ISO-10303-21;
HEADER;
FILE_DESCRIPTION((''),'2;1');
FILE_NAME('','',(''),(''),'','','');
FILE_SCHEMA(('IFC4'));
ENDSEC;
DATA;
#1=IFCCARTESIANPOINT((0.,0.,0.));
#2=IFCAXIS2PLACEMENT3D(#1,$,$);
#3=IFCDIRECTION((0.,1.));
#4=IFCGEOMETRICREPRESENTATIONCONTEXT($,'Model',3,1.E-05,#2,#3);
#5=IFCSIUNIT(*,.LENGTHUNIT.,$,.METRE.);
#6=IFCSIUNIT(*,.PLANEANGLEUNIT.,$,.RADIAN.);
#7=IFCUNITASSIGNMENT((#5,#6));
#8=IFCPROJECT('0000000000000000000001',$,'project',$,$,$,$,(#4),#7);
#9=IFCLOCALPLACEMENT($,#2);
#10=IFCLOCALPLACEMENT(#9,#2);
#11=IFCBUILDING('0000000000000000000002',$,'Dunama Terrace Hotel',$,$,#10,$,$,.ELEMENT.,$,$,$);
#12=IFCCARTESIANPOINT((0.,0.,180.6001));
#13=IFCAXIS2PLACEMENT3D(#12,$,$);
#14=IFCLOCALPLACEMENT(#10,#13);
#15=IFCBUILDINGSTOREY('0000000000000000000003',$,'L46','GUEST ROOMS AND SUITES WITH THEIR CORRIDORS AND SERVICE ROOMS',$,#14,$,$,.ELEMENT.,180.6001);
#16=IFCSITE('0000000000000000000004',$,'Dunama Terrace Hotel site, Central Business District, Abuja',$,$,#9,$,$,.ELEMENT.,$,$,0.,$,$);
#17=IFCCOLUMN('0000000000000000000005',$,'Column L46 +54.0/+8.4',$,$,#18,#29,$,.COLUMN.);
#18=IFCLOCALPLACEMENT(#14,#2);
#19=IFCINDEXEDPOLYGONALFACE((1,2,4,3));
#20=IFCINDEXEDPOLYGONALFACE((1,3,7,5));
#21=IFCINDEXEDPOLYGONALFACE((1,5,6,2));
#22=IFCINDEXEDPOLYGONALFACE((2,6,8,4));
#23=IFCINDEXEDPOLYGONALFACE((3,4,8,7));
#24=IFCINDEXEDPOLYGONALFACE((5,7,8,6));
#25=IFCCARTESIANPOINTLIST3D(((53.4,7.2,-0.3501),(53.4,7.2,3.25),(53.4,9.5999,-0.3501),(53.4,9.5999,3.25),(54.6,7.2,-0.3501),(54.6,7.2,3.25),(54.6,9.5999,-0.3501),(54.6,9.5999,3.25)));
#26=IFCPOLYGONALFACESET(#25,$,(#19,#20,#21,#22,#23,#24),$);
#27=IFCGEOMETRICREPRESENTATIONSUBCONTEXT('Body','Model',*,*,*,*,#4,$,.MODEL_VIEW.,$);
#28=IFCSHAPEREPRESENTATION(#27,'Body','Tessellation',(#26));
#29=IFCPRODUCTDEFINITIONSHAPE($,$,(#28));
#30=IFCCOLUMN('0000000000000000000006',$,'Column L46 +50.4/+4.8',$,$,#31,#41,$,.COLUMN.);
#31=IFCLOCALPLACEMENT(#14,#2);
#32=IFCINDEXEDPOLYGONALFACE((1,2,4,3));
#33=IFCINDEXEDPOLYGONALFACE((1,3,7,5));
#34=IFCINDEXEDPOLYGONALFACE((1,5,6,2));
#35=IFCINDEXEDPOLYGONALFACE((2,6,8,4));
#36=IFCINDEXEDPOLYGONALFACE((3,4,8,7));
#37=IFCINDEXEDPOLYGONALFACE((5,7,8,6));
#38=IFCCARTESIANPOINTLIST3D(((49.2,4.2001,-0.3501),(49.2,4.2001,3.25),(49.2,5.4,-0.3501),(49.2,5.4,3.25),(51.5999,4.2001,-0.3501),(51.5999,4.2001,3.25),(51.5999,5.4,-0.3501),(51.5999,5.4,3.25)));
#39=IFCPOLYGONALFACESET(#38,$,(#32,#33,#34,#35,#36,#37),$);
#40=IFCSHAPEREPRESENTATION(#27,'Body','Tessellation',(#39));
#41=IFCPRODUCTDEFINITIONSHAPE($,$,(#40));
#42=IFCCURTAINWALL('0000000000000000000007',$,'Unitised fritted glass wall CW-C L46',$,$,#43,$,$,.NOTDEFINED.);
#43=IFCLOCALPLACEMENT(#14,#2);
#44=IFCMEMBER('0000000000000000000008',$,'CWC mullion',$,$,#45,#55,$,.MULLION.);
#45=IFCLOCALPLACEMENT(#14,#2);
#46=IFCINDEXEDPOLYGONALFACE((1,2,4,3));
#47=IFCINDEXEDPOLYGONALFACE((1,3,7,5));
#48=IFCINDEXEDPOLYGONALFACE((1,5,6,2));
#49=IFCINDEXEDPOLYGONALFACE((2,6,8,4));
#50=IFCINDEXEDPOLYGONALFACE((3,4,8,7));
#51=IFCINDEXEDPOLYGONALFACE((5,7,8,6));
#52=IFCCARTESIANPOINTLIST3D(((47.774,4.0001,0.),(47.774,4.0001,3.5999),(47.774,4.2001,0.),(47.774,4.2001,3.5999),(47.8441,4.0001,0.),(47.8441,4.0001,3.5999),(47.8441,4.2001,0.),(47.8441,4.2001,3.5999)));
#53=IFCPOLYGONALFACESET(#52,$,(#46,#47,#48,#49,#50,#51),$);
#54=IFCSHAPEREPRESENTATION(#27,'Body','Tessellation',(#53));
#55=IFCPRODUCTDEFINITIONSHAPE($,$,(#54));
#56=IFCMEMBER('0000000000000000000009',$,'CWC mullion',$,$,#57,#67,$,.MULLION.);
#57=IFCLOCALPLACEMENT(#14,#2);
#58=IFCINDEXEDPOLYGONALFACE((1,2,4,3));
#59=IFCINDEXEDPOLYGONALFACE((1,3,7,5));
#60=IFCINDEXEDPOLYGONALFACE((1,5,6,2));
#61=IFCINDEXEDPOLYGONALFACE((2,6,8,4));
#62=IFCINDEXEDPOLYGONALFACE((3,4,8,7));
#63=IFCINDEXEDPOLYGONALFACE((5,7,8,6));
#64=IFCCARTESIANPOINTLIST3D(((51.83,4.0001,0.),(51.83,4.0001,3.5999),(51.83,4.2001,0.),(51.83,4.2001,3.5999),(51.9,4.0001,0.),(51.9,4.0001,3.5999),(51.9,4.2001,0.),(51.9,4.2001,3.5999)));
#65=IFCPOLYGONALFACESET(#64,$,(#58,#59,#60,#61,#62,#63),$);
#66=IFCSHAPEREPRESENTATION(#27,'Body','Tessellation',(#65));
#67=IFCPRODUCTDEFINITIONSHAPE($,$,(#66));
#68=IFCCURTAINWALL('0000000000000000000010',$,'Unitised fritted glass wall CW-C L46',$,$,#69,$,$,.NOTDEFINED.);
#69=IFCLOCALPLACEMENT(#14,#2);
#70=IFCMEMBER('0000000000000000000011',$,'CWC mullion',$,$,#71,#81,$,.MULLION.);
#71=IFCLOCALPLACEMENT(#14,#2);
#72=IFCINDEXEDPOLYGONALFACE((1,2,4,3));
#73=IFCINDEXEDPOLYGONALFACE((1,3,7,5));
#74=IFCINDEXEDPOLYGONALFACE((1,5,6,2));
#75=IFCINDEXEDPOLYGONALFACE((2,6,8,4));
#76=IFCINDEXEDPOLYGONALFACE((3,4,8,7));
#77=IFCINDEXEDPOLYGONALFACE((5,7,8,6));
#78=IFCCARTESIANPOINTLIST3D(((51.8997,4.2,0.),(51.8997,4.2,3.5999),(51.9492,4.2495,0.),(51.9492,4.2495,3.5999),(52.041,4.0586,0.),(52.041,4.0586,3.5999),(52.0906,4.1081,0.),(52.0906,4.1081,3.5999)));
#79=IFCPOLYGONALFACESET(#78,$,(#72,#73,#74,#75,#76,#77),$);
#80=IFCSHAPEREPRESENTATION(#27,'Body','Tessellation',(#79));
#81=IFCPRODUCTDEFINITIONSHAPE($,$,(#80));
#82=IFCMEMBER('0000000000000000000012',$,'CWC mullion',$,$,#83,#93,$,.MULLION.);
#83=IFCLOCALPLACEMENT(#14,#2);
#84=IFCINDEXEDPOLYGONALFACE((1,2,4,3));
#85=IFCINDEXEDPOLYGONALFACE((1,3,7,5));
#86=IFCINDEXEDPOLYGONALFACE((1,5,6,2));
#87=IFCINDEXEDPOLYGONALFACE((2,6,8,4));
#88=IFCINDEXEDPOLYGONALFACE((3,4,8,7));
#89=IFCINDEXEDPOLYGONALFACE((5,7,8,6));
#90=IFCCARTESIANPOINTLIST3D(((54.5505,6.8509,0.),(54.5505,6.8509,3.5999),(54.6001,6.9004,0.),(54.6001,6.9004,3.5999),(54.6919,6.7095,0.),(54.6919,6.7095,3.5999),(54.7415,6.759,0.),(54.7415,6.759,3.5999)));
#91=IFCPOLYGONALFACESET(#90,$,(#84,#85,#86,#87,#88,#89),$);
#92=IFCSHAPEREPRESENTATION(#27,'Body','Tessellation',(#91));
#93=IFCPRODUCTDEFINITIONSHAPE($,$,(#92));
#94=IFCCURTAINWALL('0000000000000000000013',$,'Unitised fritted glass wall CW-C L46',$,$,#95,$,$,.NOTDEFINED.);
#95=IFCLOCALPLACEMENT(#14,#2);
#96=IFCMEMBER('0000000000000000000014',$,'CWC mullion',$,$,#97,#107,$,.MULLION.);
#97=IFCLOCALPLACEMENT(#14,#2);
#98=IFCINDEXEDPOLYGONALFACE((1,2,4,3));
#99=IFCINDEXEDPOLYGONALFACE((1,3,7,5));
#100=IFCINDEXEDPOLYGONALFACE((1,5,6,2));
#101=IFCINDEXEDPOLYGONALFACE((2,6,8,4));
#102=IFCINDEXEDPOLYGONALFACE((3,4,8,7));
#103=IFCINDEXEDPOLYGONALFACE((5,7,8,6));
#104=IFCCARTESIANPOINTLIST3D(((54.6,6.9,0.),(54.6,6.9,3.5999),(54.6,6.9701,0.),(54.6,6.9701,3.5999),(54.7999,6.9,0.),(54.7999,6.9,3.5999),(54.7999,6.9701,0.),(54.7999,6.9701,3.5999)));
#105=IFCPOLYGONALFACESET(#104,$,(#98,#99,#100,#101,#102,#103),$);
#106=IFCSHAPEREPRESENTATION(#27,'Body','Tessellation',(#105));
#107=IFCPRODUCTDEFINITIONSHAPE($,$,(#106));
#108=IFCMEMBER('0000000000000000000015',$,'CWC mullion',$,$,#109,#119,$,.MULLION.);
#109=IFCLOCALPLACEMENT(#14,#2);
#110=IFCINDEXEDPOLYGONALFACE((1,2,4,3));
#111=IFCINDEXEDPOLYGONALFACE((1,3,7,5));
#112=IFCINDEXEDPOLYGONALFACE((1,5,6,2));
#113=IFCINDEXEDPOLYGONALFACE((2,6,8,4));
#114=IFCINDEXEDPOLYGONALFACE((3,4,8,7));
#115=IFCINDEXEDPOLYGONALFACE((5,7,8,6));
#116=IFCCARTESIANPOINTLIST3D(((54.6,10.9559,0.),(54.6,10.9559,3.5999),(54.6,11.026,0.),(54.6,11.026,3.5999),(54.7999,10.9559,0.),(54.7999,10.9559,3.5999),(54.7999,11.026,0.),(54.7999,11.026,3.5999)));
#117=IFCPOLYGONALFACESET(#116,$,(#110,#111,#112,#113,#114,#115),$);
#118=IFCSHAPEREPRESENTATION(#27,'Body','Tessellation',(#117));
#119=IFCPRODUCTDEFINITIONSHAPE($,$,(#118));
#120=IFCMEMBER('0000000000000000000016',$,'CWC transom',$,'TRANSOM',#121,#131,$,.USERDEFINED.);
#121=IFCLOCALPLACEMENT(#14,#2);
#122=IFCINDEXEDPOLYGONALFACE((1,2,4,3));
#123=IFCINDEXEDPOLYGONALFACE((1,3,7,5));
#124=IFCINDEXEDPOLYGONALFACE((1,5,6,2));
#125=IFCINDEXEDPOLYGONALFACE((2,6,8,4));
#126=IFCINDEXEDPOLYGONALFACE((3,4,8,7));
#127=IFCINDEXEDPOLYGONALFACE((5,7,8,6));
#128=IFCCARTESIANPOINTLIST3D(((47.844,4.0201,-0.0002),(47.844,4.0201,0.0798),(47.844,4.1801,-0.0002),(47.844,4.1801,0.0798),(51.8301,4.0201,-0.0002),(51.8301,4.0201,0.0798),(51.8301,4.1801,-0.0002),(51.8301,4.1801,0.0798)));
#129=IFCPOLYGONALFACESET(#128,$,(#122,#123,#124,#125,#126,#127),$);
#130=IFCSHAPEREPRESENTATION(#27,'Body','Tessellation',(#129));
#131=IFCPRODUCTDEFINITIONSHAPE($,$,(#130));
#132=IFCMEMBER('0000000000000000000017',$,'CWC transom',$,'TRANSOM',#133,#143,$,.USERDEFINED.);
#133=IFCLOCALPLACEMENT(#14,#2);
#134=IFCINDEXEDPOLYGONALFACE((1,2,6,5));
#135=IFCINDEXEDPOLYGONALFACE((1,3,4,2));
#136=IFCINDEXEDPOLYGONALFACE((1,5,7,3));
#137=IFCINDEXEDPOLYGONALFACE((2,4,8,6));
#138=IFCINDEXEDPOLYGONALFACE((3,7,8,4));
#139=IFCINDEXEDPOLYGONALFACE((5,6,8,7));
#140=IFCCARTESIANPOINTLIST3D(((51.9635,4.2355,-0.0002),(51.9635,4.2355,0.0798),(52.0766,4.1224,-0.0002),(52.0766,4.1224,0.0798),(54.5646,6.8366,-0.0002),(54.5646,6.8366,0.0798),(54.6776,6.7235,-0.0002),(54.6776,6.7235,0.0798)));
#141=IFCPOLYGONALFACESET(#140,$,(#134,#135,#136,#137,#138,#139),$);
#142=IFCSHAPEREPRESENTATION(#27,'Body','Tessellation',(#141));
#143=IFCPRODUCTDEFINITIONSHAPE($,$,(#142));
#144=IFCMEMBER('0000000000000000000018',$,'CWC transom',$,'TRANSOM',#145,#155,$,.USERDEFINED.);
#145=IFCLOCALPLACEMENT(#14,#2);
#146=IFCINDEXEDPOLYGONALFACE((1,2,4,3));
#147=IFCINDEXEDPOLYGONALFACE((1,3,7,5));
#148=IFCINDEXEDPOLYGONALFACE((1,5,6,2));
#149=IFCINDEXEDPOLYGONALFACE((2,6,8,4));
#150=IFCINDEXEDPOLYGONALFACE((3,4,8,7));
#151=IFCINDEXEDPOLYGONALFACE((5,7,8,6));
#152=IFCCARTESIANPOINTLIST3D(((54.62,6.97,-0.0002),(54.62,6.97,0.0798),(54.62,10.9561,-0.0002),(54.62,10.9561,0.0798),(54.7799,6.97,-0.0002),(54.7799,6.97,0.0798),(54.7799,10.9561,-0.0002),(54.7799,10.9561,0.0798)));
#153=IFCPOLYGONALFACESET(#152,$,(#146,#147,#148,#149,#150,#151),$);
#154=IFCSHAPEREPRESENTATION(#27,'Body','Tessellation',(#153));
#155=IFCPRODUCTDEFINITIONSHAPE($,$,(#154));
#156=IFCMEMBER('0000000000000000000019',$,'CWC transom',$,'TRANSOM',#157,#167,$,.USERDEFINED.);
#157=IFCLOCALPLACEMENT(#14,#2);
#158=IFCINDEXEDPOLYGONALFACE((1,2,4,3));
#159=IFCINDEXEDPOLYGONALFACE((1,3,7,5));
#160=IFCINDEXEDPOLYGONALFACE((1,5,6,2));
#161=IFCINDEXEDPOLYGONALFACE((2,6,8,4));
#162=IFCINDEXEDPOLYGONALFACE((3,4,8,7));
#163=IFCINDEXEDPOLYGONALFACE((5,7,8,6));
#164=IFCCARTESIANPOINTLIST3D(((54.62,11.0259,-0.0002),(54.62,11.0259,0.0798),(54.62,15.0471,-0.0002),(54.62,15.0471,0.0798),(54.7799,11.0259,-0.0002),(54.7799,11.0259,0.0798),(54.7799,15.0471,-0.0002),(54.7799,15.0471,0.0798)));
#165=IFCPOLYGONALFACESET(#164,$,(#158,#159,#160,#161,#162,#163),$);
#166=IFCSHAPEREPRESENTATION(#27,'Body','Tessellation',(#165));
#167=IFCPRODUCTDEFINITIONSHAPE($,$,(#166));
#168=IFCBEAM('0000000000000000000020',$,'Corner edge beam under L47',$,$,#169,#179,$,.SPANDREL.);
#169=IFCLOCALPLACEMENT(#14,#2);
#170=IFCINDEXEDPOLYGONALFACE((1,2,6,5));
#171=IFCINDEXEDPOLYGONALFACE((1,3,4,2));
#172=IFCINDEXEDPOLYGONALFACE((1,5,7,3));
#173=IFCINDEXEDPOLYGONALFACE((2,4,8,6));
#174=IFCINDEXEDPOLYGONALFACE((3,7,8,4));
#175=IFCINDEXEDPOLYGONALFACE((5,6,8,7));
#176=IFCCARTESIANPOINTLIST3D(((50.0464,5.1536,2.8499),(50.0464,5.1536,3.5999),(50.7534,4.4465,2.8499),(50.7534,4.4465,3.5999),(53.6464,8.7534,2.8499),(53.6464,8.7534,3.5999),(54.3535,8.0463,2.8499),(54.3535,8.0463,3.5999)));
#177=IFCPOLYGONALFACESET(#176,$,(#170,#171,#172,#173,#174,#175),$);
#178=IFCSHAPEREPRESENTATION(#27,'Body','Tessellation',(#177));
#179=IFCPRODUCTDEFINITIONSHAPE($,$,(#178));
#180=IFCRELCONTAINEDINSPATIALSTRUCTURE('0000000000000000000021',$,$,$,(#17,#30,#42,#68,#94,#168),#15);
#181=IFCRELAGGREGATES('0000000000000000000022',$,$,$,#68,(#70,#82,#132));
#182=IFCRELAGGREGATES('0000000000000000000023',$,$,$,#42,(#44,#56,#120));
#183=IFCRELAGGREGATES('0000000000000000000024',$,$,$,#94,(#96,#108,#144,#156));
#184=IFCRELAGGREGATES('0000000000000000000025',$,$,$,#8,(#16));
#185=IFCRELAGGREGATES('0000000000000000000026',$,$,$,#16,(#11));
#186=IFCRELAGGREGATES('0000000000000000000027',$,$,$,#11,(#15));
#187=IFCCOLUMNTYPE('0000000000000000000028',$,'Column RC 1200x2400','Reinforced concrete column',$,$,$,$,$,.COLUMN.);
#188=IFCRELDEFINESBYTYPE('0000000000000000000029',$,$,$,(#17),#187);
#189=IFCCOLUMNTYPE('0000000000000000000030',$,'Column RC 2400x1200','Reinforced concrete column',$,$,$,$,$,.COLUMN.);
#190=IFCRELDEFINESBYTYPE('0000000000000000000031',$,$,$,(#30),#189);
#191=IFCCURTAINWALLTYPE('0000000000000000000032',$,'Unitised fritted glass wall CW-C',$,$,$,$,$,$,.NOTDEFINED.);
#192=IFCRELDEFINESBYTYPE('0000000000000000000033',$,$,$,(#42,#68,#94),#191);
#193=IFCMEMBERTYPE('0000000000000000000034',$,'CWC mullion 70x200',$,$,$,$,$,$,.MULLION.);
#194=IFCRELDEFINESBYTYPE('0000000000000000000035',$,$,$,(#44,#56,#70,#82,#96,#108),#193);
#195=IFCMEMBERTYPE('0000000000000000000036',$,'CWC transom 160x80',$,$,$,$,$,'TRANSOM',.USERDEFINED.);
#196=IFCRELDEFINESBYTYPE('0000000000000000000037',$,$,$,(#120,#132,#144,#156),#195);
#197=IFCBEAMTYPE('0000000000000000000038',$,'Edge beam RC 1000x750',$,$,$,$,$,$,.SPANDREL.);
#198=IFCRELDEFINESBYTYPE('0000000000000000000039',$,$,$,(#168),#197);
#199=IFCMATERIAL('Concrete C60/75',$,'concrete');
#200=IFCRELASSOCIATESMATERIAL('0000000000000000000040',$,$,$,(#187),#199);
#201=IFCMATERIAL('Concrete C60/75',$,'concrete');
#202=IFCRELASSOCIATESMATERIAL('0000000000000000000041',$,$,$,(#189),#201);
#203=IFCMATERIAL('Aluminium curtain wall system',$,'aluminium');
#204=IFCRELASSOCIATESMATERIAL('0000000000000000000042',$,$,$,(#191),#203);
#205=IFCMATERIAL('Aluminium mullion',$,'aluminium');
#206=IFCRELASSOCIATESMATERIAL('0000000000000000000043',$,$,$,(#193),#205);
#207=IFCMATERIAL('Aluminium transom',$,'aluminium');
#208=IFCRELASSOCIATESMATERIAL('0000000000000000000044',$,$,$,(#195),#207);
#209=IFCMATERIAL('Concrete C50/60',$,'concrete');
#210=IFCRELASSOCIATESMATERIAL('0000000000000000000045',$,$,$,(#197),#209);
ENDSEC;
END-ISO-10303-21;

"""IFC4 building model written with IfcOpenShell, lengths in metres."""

from ifc_helpers import new_model, si_unit, direction, frame, origin, origin_2d, place, context, subcontext, project, spatial, rectangle, extrude, material, material_profile, profile_set, type_object, element, aggregate, save


model = new_model("IFC4")

# Units and contexts
model_context = context("Model", 3, precision=1e-05, world=origin(), true_north=direction((0.0, 1.0)))
body_context = subcontext(model_context, "Body", "Model", "MODEL_VIEW")
ifc_project = project(units=[si_unit("LENGTHUNIT", "METRE"), si_unit("PLANEANGLEUNIT", "RADIAN")], contexts=[model_context])

# Site, building, storey
site_placement = place(None, origin())
site = spatial("IfcSite", under=ifc_project, at=site_placement, Name="Dunama Terrace Hotel site, Central Business District, Abuja", CompositionType="ELEMENT", RefElevation=0.0)
building_placement = place(site_placement, origin())
building = spatial("IfcBuilding", under=site, at=building_placement, Name="Dunama Terrace Hotel", CompositionType="ELEMENT")
storey_placement = place(building_placement, frame((0.0, 0.0, 180.6001)))
storey = spatial("IfcBuildingStorey", under=building, at=storey_placement, Name="L46", Description="GUEST ROOMS AND SUITES WITH THEIR CORRIDORS AND SERVICE ROOMS", CompositionType="ELEMENT", Elevation=180.6001)

# Columns
ifc_material_1 = material(Name="Concrete C60/75", Category="concrete")
ifc_material_profile_1 = material_profile(ifc_material_1, rectangle(XDim=1.2, YDim=2.3999, at=origin_2d()), Name="RC 1200x2400")
ifc_profile_set_1 = profile_set([ifc_material_profile_1], Name="Concrete C60/75")
column_type_1 = type_object("IfcColumnType", Name="Column RC 1200x2400", Description="Reinforced concrete column", PredefinedType="COLUMN", material=ifc_profile_set_1)
column_1_placement = place(storey_placement, frame((54.0, 8.3999, -0.3501), z_axis=(0.0, 0.0, 1.0), x_axis=(1.0, 0.0, 0.0)))
element("IfcColumn", 1, at=column_1_placement, inside=storey, type_object=column_type_1, Name="Column L46 +54.0/+8.4", PredefinedType="COLUMN", context=body_context, shape_type="SweptSolid", body=[
    extrude(rectangle(XDim=1.2, YDim=2.3999, at=origin_2d()), origin(), (0.0, 0.0, 1.0), 3.6001),
])
ifc_material_2 = material(Name="Concrete C60/75", Category="concrete")
ifc_material_profile_2 = material_profile(ifc_material_2, rectangle(XDim=2.3999, YDim=1.2, at=origin_2d()), Name="RC 2400x1200")
ifc_profile_set_2 = profile_set([ifc_material_profile_2], Name="Concrete C60/75")
column_type_2 = type_object("IfcColumnType", Name="Column RC 2400x1200", Description="Reinforced concrete column", PredefinedType="COLUMN", material=ifc_profile_set_2)
column_2_placement = place(storey_placement, frame((50.3999, 4.8, -0.3501), z_axis=(0.0, 0.0, 1.0), x_axis=(1.0, 0.0, 0.0)))
element("IfcColumn", 2, at=column_2_placement, inside=storey, type_object=column_type_2, Name="Column L46 +50.4/+4.8", PredefinedType="COLUMN", context=body_context, shape_type="SweptSolid", body=[
    extrude(rectangle(XDim=2.3999, YDim=1.2, at=origin_2d()), origin(), (0.0, 0.0, 1.0), 3.6001),
])

# Curtain walls, members
ifc_material_3 = material(Name="Aluminium curtain wall system", Category="aluminium")
curtain_wall_type = type_object("IfcCurtainWallType", Name="Unitised fritted glass wall CW-C", PredefinedType="NOTDEFINED", material=ifc_material_3)
curtain_wall_1_placement = place(storey_placement, origin())
curtain_wall_1 = element("IfcCurtainWall", 3, at=curtain_wall_1_placement, inside=storey, type_object=curtain_wall_type, Name="Unitised fritted glass wall CW-C L46", PredefinedType="NOTDEFINED")
ifc_material_4 = material(Name="Aluminium mullion", Category="aluminium")
ifc_material_profile_3 = material_profile(ifc_material_4, rectangle(XDim=0.0701, YDim=0.2, at=origin_2d()), Name="CWC MULLION 70X200")
ifc_profile_set_3 = profile_set([ifc_material_profile_3], Name="Aluminium mullion")
member_type_1 = type_object("IfcMemberType", Name="CWC mullion 70x200", PredefinedType="MULLION", material=ifc_profile_set_3)
member_1_placement = place(storey_placement, frame((47.8091, 4.1001, 0.0), z_axis=(0.0, 0.0, 1.0), x_axis=(1.0, 0.0, 0.0)))
member_1 = element("IfcMember", 4, at=member_1_placement, type_object=member_type_1, Name="CWC mullion", PredefinedType="MULLION", context=body_context, shape_type="SweptSolid", body=[
    extrude(rectangle(XDim=0.0701, YDim=0.2, at=origin_2d()), origin(), (0.0, 0.0, 1.0), 3.5999),
])
member_2_placement = place(storey_placement, frame((51.865, 4.1001, 0.0), z_axis=(0.0, 0.0, 1.0), x_axis=(1.0, 0.0, 0.0)))
member_2 = element("IfcMember", 5, at=member_2_placement, type_object=member_type_1, Name="CWC mullion", PredefinedType="MULLION", context=body_context, shape_type="SweptSolid", body=[
    extrude(rectangle(XDim=0.0701, YDim=0.2, at=origin_2d()), origin(), (0.0, 0.0, 1.0), 3.5999),
])
curtain_wall_2_placement = place(storey_placement, origin())
curtain_wall_2 = element("IfcCurtainWall", 6, at=curtain_wall_2_placement, inside=storey, type_object=curtain_wall_type, Name="Unitised fritted glass wall CW-C L46", PredefinedType="NOTDEFINED")
member_3_placement = place(storey_placement, frame((51.9951, 4.1541, 0.0), z_axis=(0.0, 0.0, 1.0), x_axis=(0.707107, 0.707107, 0.0)))
member_3 = element("IfcMember", 7, at=member_3_placement, type_object=member_type_1, Name="CWC mullion", PredefinedType="MULLION", context=body_context, shape_type="SweptSolid", body=[
    extrude(rectangle(XDim=0.0701, YDim=0.2, at=origin_2d()), origin(), (0.0, 0.0, 1.0), 3.5999),
])
member_4_placement = place(storey_placement, frame((54.646, 6.8049, 0.0), z_axis=(0.0, 0.0, 1.0), x_axis=(0.707107, 0.707107, 0.0)))
member_4 = element("IfcMember", 8, at=member_4_placement, type_object=member_type_1, Name="CWC mullion", PredefinedType="MULLION", context=body_context, shape_type="SweptSolid", body=[
    extrude(rectangle(XDim=0.0701, YDim=0.2, at=origin_2d()), origin(), (0.0, 0.0, 1.0), 3.5999),
])
curtain_wall_3_placement = place(storey_placement, origin())
curtain_wall_3 = element("IfcCurtainWall", 9, at=curtain_wall_3_placement, inside=storey, type_object=curtain_wall_type, Name="Unitised fritted glass wall CW-C L46", PredefinedType="NOTDEFINED")
member_5_placement = place(storey_placement, frame((54.7, 6.9351, 0.0), z_axis=(0.0, 0.0, 1.0), x_axis=(0.0, 1.0, 0.0)))
member_5 = element("IfcMember", 10, at=member_5_placement, type_object=member_type_1, Name="CWC mullion", PredefinedType="MULLION", context=body_context, shape_type="SweptSolid", body=[
    extrude(rectangle(XDim=0.0701, YDim=0.2, at=origin_2d()), origin(), (0.0, 0.0, 1.0), 3.5999),
])
member_6_placement = place(storey_placement, frame((54.7, 10.991, 0.0), z_axis=(0.0, 0.0, 1.0), x_axis=(0.0, 1.0, 0.0)))
member_6 = element("IfcMember", 11, at=member_6_placement, type_object=member_type_1, Name="CWC mullion", PredefinedType="MULLION", context=body_context, shape_type="SweptSolid", body=[
    extrude(rectangle(XDim=0.0701, YDim=0.2, at=origin_2d()), origin(), (0.0, 0.0, 1.0), 3.5999),
])

# Members
ifc_material_5 = material(Name="Aluminium transom", Category="aluminium")
ifc_material_profile_4 = material_profile(ifc_material_5, rectangle(XDim=0.1599, YDim=0.0801, at=origin_2d()), Name="CWC TRANSOM 160X80")
ifc_profile_set_4 = profile_set([ifc_material_profile_4], Name="Aluminium transom")
member_type_2 = type_object("IfcMemberType", Name="CWC transom 160x80", ElementType="TRANSOM", PredefinedType="USERDEFINED", material=ifc_profile_set_4)
member_7_placement = place(storey_placement, frame((47.844, 4.1001, 0.0398), z_axis=(1.0, 0.0, 0.0), x_axis=(0.0, 1.0, 0.0)))
member_7 = element("IfcMember", 12, at=member_7_placement, type_object=member_type_2, Name="CWC transom", ObjectType="TRANSOM", PredefinedType="USERDEFINED", context=body_context, shape_type="SweptSolid", body=[
    extrude(rectangle(XDim=0.1599, YDim=0.0801, at=origin_2d()), origin(), (0.0, 0.0, 1.0), 3.9861),
])
member_8_placement = place(storey_placement, frame((52.02, 4.179, 0.0398), z_axis=(0.707107, 0.707107, 0.0), x_axis=(-0.707107, 0.707107, 0.0)))
member_8 = element("IfcMember", 13, at=member_8_placement, type_object=member_type_2, Name="CWC transom", ObjectType="TRANSOM", PredefinedType="USERDEFINED", context=body_context, shape_type="SweptSolid", body=[
    extrude(rectangle(XDim=0.1599, YDim=0.0801, at=origin_2d()), origin(), (0.0, 0.0, 1.0), 3.6785),
])
member_9_placement = place(storey_placement, frame((54.7, 6.97, 0.0398), z_axis=(0.0, 1.0, 0.0), x_axis=(-1.0, 0.0, 0.0)))
member_9 = element("IfcMember", 14, at=member_9_placement, type_object=member_type_2, Name="CWC transom", ObjectType="TRANSOM", PredefinedType="USERDEFINED", context=body_context, shape_type="SweptSolid", body=[
    extrude(rectangle(XDim=0.1599, YDim=0.0801, at=origin_2d()), origin(), (0.0, 0.0, 1.0), 3.9861),
])
member_10_placement = place(storey_placement, frame((54.7, 11.0259, 0.0398), z_axis=(0.0, 1.0, 0.0), x_axis=(-1.0, 0.0, 0.0)))
member_10 = element("IfcMember", 15, at=member_10_placement, type_object=member_type_2, Name="CWC transom", ObjectType="TRANSOM", PredefinedType="USERDEFINED", context=body_context, shape_type="SweptSolid", body=[
    extrude(rectangle(XDim=0.1599, YDim=0.0801, at=origin_2d()), origin(), (0.0, 0.0, 1.0), 4.0212),
])

# Beam
ifc_material_6 = material(Name="Concrete C50/60", Category="concrete")
ifc_material_profile_5 = material_profile(ifc_material_6, rectangle(XDim=1.0, YDim=0.75, at=origin_2d()), Name="RC 1000x750")
ifc_profile_set_5 = profile_set([ifc_material_profile_5], Name="Concrete C50/60")
beam_type_1 = type_object("IfcBeamType", Name="Edge beam RC 1000x750", PredefinedType="SPANDREL", material=ifc_profile_set_5)
beam_1_placement = place(storey_placement, frame((50.3999, 4.8, 3.2249), z_axis=(0.707131, 0.707083, 0.0), x_axis=(-0.707083, 0.707131, 0.0)))
element("IfcBeam", 16, at=beam_1_placement, inside=storey, type_object=beam_type_1, Name="Corner edge beam under L47", PredefinedType="SPANDREL", context=body_context, shape_type="SweptSolid", body=[
    extrude(rectangle(XDim=1.0, YDim=0.75, at=origin_2d()), origin(), (0.0, 0.0, 1.0), 5.0911),
])

aggregate(curtain_wall_2, [member_3, member_4, member_8])
aggregate(curtain_wall_1, [member_1, member_2, member_7])
aggregate(curtain_wall_3, [member_5, member_6, member_9, member_10])

save(model, "model.ifc")
